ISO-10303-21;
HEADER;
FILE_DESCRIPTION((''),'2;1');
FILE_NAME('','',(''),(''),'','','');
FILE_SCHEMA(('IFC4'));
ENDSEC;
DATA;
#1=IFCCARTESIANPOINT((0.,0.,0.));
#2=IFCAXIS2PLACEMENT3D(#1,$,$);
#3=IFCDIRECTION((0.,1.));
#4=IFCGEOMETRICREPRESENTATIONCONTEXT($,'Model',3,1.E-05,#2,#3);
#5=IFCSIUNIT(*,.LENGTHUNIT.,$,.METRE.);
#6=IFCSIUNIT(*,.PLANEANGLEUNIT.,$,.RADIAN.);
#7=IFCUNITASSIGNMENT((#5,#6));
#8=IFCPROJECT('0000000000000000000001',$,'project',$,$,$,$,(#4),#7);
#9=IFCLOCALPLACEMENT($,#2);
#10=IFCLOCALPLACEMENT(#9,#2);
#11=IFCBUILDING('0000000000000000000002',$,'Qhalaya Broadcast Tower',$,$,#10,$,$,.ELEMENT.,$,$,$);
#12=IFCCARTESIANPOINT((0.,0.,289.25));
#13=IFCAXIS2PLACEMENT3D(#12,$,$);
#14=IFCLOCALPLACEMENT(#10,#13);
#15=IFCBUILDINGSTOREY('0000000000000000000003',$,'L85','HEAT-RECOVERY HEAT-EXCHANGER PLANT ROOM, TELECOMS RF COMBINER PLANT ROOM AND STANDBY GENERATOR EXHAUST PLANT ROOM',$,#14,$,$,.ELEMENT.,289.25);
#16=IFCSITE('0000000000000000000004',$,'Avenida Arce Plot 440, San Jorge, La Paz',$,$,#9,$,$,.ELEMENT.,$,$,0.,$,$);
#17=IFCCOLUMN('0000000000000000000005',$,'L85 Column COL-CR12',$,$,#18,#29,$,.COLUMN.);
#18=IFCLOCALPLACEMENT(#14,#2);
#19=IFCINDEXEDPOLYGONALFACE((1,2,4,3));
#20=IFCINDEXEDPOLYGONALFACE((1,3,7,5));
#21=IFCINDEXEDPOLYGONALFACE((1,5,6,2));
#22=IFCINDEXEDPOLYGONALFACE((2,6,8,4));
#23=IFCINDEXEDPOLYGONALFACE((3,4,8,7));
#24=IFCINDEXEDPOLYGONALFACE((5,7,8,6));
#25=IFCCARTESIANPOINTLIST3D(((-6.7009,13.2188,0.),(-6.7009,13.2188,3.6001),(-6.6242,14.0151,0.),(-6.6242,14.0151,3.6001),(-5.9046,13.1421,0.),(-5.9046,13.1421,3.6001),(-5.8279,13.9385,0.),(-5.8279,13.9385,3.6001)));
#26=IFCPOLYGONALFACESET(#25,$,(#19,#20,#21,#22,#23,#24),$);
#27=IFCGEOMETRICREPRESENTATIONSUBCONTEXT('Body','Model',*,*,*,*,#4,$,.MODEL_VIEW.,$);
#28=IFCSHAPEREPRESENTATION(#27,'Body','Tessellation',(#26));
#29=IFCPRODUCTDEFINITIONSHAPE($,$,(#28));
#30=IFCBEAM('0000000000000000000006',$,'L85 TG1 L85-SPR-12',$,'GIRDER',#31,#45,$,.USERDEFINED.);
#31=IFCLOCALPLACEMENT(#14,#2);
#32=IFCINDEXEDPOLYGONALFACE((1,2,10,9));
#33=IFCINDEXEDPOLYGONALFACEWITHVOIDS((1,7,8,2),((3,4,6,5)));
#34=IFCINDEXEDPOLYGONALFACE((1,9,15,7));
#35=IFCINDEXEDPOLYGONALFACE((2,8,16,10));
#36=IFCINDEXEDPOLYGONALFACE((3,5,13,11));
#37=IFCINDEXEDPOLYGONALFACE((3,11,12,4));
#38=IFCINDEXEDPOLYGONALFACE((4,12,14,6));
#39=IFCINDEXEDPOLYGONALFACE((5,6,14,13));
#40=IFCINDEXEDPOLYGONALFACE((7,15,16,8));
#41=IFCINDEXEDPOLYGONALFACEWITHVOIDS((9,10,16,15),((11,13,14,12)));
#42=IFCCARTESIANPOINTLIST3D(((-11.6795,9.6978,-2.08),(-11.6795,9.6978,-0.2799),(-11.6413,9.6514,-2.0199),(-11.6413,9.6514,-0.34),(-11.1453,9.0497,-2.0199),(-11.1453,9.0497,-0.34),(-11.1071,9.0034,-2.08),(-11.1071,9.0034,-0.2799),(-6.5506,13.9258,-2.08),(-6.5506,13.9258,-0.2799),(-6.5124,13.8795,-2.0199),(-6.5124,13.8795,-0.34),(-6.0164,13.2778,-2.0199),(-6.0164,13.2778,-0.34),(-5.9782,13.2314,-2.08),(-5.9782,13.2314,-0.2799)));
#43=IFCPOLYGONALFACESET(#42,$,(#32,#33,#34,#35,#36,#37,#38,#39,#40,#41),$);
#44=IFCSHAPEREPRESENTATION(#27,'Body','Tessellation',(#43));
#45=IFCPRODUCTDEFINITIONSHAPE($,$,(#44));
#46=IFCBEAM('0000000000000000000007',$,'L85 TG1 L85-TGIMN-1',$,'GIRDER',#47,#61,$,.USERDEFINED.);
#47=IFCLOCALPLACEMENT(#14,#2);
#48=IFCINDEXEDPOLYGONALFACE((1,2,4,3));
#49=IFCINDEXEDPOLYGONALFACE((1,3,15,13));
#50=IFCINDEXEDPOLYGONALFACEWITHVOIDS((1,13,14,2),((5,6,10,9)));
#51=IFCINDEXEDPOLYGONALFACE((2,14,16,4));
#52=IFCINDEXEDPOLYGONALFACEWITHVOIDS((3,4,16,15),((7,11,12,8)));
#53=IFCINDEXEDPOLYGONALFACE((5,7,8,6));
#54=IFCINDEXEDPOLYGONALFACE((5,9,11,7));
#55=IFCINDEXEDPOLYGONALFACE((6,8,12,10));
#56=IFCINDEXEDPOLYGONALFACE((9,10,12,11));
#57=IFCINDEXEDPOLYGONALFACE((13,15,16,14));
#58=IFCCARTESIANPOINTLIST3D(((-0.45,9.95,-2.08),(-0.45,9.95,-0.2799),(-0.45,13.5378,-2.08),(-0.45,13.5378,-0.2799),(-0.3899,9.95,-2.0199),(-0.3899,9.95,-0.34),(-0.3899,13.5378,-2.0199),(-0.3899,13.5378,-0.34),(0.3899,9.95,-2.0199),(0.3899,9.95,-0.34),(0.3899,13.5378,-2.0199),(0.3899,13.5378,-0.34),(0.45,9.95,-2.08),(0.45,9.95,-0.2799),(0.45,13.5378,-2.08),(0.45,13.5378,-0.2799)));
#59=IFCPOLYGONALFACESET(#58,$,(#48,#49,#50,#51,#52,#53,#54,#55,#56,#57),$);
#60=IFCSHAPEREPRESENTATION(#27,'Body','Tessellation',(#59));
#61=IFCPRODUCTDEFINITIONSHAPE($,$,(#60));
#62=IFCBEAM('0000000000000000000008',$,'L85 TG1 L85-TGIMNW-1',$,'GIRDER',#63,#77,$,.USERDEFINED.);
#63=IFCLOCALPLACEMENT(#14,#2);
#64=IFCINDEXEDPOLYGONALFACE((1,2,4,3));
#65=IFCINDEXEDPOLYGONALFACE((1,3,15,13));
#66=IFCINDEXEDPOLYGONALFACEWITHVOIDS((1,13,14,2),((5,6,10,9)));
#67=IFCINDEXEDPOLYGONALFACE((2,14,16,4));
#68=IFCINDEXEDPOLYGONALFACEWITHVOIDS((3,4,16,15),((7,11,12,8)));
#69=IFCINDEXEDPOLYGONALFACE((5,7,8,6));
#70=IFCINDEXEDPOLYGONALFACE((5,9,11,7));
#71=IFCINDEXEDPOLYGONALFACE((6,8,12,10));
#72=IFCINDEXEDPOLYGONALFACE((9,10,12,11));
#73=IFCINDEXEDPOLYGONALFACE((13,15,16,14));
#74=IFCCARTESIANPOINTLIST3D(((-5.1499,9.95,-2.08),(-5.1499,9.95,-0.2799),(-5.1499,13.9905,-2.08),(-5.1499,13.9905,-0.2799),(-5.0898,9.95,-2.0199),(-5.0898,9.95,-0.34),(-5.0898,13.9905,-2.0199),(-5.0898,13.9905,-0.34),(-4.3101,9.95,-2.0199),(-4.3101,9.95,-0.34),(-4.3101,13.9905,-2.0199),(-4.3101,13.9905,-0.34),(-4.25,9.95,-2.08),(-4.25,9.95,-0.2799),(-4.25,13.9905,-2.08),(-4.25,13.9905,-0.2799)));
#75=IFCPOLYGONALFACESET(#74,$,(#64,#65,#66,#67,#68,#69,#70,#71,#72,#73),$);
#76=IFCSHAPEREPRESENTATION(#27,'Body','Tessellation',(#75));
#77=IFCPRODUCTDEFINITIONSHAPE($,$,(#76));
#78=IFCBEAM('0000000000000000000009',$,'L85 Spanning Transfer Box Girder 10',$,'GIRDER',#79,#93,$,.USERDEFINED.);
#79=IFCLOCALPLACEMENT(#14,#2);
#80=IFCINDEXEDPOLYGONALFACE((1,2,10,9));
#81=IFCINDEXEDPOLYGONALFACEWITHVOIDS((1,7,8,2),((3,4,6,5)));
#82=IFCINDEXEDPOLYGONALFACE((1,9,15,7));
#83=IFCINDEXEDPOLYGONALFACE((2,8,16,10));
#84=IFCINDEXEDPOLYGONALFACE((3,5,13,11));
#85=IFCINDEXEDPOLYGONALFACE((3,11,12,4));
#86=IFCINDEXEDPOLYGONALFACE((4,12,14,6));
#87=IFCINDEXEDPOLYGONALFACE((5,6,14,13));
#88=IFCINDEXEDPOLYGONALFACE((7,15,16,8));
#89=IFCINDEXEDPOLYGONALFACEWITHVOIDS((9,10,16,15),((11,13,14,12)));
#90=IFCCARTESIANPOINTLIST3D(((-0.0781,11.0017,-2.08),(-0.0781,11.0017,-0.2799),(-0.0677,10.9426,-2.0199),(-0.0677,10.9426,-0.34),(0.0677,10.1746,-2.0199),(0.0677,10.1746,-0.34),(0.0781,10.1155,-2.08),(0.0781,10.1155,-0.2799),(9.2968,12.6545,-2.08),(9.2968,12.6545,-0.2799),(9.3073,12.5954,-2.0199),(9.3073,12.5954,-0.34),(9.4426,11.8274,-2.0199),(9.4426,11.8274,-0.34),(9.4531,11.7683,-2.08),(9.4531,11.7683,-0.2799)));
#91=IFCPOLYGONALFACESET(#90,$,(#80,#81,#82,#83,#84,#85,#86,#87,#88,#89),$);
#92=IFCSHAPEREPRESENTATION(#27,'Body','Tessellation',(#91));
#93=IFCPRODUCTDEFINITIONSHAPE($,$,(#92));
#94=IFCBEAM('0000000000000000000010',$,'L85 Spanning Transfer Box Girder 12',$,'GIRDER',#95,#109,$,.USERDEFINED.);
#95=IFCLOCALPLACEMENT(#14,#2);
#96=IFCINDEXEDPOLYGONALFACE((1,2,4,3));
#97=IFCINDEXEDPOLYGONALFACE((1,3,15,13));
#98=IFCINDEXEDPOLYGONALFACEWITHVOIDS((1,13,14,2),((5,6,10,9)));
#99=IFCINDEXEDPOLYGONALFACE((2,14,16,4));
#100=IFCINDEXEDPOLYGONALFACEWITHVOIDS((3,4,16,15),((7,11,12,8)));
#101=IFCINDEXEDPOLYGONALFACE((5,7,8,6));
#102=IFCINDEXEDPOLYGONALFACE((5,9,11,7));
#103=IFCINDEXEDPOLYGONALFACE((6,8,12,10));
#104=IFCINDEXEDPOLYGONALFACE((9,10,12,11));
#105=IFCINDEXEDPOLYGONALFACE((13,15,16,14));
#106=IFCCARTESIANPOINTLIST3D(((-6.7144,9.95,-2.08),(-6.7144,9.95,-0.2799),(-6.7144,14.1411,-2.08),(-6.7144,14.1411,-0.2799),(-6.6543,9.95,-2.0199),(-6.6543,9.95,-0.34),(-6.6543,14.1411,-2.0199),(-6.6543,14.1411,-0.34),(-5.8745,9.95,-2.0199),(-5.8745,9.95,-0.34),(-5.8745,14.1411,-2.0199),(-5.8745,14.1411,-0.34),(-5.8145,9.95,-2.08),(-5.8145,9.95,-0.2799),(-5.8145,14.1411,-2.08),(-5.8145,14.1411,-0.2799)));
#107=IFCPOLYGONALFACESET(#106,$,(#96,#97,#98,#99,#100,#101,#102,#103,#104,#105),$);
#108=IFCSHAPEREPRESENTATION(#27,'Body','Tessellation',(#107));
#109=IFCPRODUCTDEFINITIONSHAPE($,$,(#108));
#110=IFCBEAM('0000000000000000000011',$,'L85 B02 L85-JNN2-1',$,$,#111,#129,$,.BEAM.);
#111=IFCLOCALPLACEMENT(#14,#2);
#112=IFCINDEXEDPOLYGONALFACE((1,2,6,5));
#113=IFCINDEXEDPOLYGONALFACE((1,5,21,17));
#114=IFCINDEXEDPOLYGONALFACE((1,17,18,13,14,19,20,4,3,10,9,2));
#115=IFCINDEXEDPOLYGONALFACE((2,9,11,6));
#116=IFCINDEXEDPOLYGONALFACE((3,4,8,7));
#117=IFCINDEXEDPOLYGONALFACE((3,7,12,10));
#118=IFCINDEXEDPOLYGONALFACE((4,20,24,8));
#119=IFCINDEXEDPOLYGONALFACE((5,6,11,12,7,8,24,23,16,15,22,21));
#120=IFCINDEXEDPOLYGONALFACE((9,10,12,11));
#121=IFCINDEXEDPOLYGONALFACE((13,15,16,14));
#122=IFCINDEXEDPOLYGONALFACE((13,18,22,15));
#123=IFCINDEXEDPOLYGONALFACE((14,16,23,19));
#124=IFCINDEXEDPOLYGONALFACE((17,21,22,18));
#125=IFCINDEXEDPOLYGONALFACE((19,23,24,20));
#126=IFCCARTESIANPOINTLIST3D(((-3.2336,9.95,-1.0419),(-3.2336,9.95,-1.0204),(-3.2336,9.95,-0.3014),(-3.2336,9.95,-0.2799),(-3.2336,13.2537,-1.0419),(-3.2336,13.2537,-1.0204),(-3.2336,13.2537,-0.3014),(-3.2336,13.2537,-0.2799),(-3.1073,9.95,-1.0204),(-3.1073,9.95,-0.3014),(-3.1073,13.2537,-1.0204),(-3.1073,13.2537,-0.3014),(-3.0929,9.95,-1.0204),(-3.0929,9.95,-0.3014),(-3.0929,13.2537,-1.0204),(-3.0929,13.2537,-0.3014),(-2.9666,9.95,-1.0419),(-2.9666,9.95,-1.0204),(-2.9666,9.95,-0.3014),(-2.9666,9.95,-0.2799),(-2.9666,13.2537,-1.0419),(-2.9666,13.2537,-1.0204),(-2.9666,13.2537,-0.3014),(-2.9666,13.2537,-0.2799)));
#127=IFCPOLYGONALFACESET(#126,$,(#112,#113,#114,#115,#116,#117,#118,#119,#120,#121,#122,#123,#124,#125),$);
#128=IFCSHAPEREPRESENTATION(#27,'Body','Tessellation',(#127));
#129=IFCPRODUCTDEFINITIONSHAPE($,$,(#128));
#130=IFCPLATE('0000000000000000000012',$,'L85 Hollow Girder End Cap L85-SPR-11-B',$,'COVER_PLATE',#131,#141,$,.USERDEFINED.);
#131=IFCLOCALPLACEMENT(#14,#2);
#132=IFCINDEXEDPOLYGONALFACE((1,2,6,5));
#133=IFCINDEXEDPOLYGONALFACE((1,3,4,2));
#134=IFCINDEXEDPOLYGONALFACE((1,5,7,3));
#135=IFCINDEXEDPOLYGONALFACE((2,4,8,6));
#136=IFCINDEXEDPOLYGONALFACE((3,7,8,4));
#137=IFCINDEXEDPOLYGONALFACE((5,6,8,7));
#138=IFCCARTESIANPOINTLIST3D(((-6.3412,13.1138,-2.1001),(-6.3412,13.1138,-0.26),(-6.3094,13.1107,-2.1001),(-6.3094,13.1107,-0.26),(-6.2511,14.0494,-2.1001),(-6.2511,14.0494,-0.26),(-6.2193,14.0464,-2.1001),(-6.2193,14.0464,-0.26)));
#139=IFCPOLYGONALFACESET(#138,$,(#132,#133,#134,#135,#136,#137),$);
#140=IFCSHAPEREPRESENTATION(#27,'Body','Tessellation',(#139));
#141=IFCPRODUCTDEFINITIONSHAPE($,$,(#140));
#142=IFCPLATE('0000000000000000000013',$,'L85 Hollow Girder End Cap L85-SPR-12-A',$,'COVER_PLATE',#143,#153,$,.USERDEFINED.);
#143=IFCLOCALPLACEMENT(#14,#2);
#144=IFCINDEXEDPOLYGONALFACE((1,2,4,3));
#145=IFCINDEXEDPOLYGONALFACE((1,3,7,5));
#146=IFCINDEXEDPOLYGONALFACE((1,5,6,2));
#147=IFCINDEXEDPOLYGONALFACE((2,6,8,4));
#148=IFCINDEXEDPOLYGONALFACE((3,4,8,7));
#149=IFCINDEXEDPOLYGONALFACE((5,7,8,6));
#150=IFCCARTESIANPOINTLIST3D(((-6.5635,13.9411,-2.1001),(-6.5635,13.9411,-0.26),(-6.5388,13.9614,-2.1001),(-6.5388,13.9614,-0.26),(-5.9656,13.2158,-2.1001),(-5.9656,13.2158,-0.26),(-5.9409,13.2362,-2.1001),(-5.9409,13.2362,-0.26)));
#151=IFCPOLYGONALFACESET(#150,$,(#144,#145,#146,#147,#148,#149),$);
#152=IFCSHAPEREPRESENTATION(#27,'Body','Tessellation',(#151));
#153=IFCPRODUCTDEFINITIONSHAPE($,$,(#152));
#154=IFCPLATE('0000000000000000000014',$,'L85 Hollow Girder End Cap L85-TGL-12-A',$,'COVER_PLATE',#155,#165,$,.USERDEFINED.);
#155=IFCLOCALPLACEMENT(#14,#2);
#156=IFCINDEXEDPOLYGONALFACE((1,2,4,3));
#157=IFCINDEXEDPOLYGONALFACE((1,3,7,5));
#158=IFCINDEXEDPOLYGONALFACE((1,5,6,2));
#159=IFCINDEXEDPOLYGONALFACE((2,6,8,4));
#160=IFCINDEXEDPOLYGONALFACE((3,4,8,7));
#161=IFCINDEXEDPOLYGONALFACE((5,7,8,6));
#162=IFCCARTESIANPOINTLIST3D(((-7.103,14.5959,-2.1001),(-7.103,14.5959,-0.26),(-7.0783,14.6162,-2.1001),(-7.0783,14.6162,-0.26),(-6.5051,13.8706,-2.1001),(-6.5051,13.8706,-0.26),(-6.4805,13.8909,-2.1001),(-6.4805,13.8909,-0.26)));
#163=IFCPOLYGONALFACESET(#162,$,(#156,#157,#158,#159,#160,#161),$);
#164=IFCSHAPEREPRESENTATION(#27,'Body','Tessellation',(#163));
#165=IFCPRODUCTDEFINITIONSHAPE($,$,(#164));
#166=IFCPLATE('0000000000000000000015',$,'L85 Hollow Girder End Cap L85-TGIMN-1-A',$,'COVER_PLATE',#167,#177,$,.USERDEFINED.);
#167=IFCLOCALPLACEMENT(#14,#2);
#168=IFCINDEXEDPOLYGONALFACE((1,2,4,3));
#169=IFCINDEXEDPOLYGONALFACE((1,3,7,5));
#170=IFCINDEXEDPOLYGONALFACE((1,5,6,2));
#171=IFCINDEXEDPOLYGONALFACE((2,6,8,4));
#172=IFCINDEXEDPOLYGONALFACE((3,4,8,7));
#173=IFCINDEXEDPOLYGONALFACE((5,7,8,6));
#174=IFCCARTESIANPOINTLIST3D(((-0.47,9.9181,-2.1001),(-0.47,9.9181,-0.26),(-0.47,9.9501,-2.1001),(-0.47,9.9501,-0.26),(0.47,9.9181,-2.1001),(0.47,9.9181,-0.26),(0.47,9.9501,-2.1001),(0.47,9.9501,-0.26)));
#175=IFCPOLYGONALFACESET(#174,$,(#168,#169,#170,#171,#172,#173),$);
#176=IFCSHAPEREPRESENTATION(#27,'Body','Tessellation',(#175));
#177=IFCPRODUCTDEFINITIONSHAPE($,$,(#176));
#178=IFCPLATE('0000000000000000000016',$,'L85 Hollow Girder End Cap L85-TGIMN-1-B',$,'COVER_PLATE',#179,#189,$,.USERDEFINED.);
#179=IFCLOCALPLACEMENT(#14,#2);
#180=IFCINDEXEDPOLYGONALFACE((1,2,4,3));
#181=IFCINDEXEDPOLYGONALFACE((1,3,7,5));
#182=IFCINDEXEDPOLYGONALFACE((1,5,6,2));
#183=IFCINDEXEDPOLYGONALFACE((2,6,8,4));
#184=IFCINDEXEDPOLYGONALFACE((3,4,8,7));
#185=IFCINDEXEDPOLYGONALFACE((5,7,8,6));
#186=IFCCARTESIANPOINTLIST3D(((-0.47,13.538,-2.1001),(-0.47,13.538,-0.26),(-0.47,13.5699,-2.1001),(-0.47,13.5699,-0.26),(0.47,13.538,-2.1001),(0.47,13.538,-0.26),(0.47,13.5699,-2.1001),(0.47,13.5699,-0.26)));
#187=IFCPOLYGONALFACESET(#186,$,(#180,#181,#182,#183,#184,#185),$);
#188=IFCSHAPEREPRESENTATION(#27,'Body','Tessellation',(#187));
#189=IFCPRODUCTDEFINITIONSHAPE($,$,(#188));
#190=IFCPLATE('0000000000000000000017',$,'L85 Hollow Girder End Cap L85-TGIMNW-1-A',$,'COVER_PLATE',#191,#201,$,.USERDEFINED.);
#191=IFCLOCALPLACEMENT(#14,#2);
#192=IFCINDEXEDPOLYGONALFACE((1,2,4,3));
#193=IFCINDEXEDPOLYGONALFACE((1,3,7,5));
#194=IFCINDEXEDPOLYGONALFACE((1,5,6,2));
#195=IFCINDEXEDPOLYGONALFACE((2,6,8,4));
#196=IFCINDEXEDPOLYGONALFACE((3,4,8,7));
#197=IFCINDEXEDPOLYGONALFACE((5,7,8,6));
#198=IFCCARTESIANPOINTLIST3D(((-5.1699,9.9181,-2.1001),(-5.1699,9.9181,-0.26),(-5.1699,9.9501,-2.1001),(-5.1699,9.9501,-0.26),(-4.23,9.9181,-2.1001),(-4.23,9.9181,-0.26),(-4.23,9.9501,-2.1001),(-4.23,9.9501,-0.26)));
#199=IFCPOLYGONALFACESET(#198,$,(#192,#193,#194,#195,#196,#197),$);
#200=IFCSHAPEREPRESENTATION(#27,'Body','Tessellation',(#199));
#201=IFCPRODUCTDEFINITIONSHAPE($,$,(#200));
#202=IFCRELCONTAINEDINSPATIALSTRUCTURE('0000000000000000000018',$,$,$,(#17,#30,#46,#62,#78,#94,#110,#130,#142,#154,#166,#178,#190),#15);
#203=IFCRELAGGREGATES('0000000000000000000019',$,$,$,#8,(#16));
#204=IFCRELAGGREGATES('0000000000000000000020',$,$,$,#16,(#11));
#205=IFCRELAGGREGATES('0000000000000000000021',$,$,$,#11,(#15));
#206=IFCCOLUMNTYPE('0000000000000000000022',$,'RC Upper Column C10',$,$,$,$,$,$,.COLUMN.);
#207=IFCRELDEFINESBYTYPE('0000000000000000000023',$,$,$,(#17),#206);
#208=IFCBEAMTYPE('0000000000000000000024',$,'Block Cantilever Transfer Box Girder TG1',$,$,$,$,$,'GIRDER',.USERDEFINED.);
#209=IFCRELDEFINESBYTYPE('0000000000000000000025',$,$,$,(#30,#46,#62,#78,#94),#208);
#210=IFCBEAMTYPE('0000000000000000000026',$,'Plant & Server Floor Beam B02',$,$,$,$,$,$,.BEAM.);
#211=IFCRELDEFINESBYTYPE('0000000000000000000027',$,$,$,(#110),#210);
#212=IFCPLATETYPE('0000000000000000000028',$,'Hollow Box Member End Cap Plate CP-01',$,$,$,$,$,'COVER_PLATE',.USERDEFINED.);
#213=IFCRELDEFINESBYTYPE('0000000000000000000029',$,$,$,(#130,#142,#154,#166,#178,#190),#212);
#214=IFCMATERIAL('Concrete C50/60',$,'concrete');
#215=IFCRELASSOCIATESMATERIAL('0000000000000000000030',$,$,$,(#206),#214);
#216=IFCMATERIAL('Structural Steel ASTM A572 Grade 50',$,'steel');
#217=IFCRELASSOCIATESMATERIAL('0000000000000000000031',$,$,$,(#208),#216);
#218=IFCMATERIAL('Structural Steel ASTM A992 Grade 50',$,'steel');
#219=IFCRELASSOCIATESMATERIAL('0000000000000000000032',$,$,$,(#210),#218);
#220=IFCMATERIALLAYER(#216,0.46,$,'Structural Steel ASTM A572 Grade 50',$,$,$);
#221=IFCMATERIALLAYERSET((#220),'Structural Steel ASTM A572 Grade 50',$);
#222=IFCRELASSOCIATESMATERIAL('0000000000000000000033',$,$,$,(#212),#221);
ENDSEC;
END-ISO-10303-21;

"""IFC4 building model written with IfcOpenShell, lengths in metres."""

from ifc_helpers import new_model, si_unit, direction, frame, origin, origin_2d, place, context, subcontext, project, spatial, rectangle, hollow_rectangle, i_section, extrude, material, layer, layer_set, material_profile, profile_set, type_object, element, save


model = new_model("IFC4")

# Units and contexts
model_context = context("Model", 3, precision=1e-05, world=origin(), true_north=direction((0.0, 1.0)))
body_context = subcontext(model_context, "Body", "Model", "MODEL_VIEW")
ifc_project = project(units=[si_unit("LENGTHUNIT", "METRE"), si_unit("PLANEANGLEUNIT", "RADIAN")], contexts=[model_context])

# Site, building, storey
site_placement = place(None, origin())
site = spatial("IfcSite", under=ifc_project, at=site_placement, Name="Avenida Arce Plot 440, San Jorge, La Paz", CompositionType="ELEMENT", RefElevation=0.0)
building_placement = place(site_placement, origin())
building = spatial("IfcBuilding", under=site, at=building_placement, Name="Qhalaya Broadcast Tower", CompositionType="ELEMENT")
storey_placement = place(building_placement, frame((0.0, 0.0, 289.25)))
storey = spatial("IfcBuildingStorey", under=building, at=storey_placement, Name="L85", Description="HEAT-RECOVERY HEAT-EXCHANGER PLANT ROOM, TELECOMS RF COMBINER PLANT ROOM AND STANDBY GENERATOR EXHAUST PLANT ROOM", CompositionType="ELEMENT", Elevation=289.25)

# Column
ifc_material_1 = material(Name="Concrete C50/60", Category="concrete")
ifc_material_profile_1 = material_profile(ifc_material_1, rectangle(XDim=0.8, YDim=0.8, at=origin_2d()), Name="RC-COL 800x800")
ifc_profile_set_1 = profile_set([ifc_material_profile_1], Name="Concrete C50/60")
column_type = type_object("IfcColumnType", Name="RC Upper Column C10", PredefinedType="COLUMN", material=ifc_profile_set_1)
column_placement = place(storey_placement, frame((-6.2644, 13.5786, 0.0), z_axis=(0.0, 0.0, 1.0), x_axis=(0.995396, -0.095846, 0.0)))
element("IfcColumn", 1, at=column_placement, inside=storey, type_object=column_type, Name="L85 Column COL-CR12", PredefinedType="COLUMN", context=body_context, shape_type="SweptSolid", body=[
    extrude(rectangle(XDim=0.8, YDim=0.8, at=origin_2d()), origin(), (0.0, 0.0, 1.0), 3.6001),
])

# Beams
ifc_material_2 = material(Name="Structural Steel ASTM A572 Grade 50", Category="steel")
ifc_material_profile_2 = material_profile(ifc_material_2, hollow_rectangle(XDim=0.8999, YDim=1.8, WallThickness=0.0601, at=origin_2d()), Name="BOX 900x1800x60")
ifc_profile_set_2 = profile_set([ifc_material_profile_2], Name="Structural Steel ASTM A572 Grade 50")
beam_type_1 = type_object("IfcBeamType", Name="Block Cantilever Transfer Box Girder TG1", ElementType="GIRDER", PredefinedType="USERDEFINED", material=ifc_profile_set_2)
beam_1_placement = place(storey_placement, frame((-6.2644, 13.5786, -1.1799), z_axis=(-0.771618, -0.636086, 0.0), x_axis=(0.636086, -0.771618, 0.0)))
element("IfcBeam", 2, at=beam_1_placement, inside=storey, type_object=beam_type_1, Name="L85 TG1 L85-SPR-12", ObjectType="GIRDER", PredefinedType="USERDEFINED", context=body_context, shape_type="SweptSolid", body=[
    extrude(hollow_rectangle(XDim=0.8999, YDim=1.8, WallThickness=0.0601, at=origin_2d()), origin(), (0.0, 0.0, 1.0), 6.647),
])
beam_2_placement = place(storey_placement, frame((0.0, 9.95, -1.1799), z_axis=(0.0, 1.0, 0.0), x_axis=(-1.0, 0.0, 0.0)))
element("IfcBeam", 3, at=beam_2_placement, inside=storey, type_object=beam_type_1, Name="L85 TG1 L85-TGIMN-1", ObjectType="GIRDER", PredefinedType="USERDEFINED", context=body_context, shape_type="SweptSolid", body=[
    extrude(hollow_rectangle(XDim=0.8999, YDim=1.8, WallThickness=0.0601, at=origin_2d()), origin(), (0.0, 0.0, 1.0), 3.5879),
])
beam_3_placement = place(storey_placement, frame((-4.7, 9.95, -1.1799), z_axis=(0.0, 1.0, 0.0), x_axis=(-1.0, 0.0, 0.0)))
element("IfcBeam", 4, at=beam_3_placement, inside=storey, type_object=beam_type_1, Name="L85 TG1 L85-TGIMNW-1", ObjectType="GIRDER", PredefinedType="USERDEFINED", context=body_context, shape_type="SweptSolid", body=[
    extrude(hollow_rectangle(XDim=0.8999, YDim=1.8, WallThickness=0.0601, at=origin_2d()), origin(), (0.0, 0.0, 1.0), 4.0405),
])
beam_4_placement = place(storey_placement, frame((0.0, 10.5586, -1.1799), z_axis=(0.984812, 0.173624, 0.0), x_axis=(-0.173624, 0.984812, 0.0)))
element("IfcBeam", 5, at=beam_4_placement, inside=storey, type_object=beam_type_1, Name="L85 Spanning Transfer Box Girder 10", ObjectType="GIRDER", PredefinedType="USERDEFINED", context=body_context, shape_type="SweptSolid", body=[
    extrude(hollow_rectangle(XDim=0.8999, YDim=1.8, WallThickness=0.0601, at=origin_2d()), origin(), (0.0, 0.0, 1.0), 9.5195),
])
beam_5_placement = place(storey_placement, frame((-6.2644, 9.95, -1.1799), z_axis=(0.0, 1.0, 0.0), x_axis=(-1.0, 0.0, 0.0)))
element("IfcBeam", 6, at=beam_5_placement, inside=storey, type_object=beam_type_1, Name="L85 Spanning Transfer Box Girder 12", ObjectType="GIRDER", PredefinedType="USERDEFINED", context=body_context, shape_type="SweptSolid", body=[
    extrude(hollow_rectangle(XDim=0.8999, YDim=1.8, WallThickness=0.0601, at=origin_2d()), origin(), (0.0, 0.0, 1.0), 4.1912),
])
ifc_material_3 = material(Name="Structural Steel ASTM A992 Grade 50", Category="steel")
ifc_material_profile_3 = material_profile(ifc_material_3, i_section(OverallWidth=0.2671, OverallDepth=0.762, WebThickness=0.0144, FlangeThickness=0.0215, at=origin_2d()), Name="W30X116")
ifc_profile_set_3 = profile_set([ifc_material_profile_3], Name="Structural Steel ASTM A992 Grade 50")
beam_type_2 = type_object("IfcBeamType", Name="Plant & Server Floor Beam B02", PredefinedType="BEAM", material=ifc_profile_set_3)
beam_6_placement = place(storey_placement, frame((-3.1001, 9.95, -0.6609), z_axis=(0.0, 1.0, 0.0), x_axis=(-1.0, 0.0, 0.0)))
element("IfcBeam", 7, at=beam_6_placement, inside=storey, type_object=beam_type_2, Name="L85 B02 L85-JNN2-1", PredefinedType="BEAM", context=body_context, shape_type="SweptSolid", body=[
    extrude(i_section(OverallWidth=0.2671, OverallDepth=0.762, WebThickness=0.0144, FlangeThickness=0.0215, at=origin_2d()), origin(), (0.0, 0.0, 1.0), 3.3037),
])

# Plates
ifc_layer_1 = layer(ifc_material_2, 0.46, Name="Structural Steel ASTM A572 Grade 50")
ifc_layer_set_1 = layer_set([ifc_layer_1], Name="Structural Steel ASTM A572 Grade 50")
plate_type = type_object("IfcPlateType", Name="Hollow Box Member End Cap Plate CP-01", ElementType="COVER_PLATE", PredefinedType="USERDEFINED", material=ifc_layer_set_1)
for number, where, z_axis, x_axis, name in (
    (8, (-6.2803, 13.5801, -2.1001), (0.0, 0.0, 1.0), (-0.095846, -0.995396, 0.0), "L85 Hollow Girder End Cap L85-SPR-11-B"),
    (9, (-6.2522, 13.5886, -2.1001), (0.0, 0.0, 1.0), (0.636078, -0.771625, 0.0), "L85 Hollow Girder End Cap L85-SPR-12-A"),
    (10, (-6.7917, 14.2434, -2.1001), (0.0, 0.0, 1.0), (0.636078, -0.771625, 0.0), "L85 Hollow Girder End Cap L85-TGL-12-A"),
    (11, (0.0, 9.9341, -2.1001), (0.0, 0.0, 1.0), (-1.0, 0.0, 0.0), "L85 Hollow Girder End Cap L85-TGIMN-1-A"),
    (12, (0.0, 13.554, -2.1001), (0.0, 0.0, 1.0), (-1.0, 0.0, 0.0), "L85 Hollow Girder End Cap L85-TGIMN-1-B"),
    (13, (-4.7, 9.9341, -2.1001), (0.0, 0.0, 1.0), (-1.0, 0.0, 0.0), "L85 Hollow Girder End Cap L85-TGIMNW-1-A"),
):
    element("IfcPlate", number, at=place(storey_placement, frame(where, z_axis=z_axis, x_axis=x_axis)), inside=storey, type_object=plate_type, Name=name, ObjectType="COVER_PLATE", PredefinedType="USERDEFINED", context=body_context, shape_type="SweptSolid", body=[
        extrude(rectangle(XDim=0.9399, YDim=0.032, at=origin_2d()), origin(), (0.0, 0.0, 1.0), 1.8401),
    ])

save(model, "model.ifc")
